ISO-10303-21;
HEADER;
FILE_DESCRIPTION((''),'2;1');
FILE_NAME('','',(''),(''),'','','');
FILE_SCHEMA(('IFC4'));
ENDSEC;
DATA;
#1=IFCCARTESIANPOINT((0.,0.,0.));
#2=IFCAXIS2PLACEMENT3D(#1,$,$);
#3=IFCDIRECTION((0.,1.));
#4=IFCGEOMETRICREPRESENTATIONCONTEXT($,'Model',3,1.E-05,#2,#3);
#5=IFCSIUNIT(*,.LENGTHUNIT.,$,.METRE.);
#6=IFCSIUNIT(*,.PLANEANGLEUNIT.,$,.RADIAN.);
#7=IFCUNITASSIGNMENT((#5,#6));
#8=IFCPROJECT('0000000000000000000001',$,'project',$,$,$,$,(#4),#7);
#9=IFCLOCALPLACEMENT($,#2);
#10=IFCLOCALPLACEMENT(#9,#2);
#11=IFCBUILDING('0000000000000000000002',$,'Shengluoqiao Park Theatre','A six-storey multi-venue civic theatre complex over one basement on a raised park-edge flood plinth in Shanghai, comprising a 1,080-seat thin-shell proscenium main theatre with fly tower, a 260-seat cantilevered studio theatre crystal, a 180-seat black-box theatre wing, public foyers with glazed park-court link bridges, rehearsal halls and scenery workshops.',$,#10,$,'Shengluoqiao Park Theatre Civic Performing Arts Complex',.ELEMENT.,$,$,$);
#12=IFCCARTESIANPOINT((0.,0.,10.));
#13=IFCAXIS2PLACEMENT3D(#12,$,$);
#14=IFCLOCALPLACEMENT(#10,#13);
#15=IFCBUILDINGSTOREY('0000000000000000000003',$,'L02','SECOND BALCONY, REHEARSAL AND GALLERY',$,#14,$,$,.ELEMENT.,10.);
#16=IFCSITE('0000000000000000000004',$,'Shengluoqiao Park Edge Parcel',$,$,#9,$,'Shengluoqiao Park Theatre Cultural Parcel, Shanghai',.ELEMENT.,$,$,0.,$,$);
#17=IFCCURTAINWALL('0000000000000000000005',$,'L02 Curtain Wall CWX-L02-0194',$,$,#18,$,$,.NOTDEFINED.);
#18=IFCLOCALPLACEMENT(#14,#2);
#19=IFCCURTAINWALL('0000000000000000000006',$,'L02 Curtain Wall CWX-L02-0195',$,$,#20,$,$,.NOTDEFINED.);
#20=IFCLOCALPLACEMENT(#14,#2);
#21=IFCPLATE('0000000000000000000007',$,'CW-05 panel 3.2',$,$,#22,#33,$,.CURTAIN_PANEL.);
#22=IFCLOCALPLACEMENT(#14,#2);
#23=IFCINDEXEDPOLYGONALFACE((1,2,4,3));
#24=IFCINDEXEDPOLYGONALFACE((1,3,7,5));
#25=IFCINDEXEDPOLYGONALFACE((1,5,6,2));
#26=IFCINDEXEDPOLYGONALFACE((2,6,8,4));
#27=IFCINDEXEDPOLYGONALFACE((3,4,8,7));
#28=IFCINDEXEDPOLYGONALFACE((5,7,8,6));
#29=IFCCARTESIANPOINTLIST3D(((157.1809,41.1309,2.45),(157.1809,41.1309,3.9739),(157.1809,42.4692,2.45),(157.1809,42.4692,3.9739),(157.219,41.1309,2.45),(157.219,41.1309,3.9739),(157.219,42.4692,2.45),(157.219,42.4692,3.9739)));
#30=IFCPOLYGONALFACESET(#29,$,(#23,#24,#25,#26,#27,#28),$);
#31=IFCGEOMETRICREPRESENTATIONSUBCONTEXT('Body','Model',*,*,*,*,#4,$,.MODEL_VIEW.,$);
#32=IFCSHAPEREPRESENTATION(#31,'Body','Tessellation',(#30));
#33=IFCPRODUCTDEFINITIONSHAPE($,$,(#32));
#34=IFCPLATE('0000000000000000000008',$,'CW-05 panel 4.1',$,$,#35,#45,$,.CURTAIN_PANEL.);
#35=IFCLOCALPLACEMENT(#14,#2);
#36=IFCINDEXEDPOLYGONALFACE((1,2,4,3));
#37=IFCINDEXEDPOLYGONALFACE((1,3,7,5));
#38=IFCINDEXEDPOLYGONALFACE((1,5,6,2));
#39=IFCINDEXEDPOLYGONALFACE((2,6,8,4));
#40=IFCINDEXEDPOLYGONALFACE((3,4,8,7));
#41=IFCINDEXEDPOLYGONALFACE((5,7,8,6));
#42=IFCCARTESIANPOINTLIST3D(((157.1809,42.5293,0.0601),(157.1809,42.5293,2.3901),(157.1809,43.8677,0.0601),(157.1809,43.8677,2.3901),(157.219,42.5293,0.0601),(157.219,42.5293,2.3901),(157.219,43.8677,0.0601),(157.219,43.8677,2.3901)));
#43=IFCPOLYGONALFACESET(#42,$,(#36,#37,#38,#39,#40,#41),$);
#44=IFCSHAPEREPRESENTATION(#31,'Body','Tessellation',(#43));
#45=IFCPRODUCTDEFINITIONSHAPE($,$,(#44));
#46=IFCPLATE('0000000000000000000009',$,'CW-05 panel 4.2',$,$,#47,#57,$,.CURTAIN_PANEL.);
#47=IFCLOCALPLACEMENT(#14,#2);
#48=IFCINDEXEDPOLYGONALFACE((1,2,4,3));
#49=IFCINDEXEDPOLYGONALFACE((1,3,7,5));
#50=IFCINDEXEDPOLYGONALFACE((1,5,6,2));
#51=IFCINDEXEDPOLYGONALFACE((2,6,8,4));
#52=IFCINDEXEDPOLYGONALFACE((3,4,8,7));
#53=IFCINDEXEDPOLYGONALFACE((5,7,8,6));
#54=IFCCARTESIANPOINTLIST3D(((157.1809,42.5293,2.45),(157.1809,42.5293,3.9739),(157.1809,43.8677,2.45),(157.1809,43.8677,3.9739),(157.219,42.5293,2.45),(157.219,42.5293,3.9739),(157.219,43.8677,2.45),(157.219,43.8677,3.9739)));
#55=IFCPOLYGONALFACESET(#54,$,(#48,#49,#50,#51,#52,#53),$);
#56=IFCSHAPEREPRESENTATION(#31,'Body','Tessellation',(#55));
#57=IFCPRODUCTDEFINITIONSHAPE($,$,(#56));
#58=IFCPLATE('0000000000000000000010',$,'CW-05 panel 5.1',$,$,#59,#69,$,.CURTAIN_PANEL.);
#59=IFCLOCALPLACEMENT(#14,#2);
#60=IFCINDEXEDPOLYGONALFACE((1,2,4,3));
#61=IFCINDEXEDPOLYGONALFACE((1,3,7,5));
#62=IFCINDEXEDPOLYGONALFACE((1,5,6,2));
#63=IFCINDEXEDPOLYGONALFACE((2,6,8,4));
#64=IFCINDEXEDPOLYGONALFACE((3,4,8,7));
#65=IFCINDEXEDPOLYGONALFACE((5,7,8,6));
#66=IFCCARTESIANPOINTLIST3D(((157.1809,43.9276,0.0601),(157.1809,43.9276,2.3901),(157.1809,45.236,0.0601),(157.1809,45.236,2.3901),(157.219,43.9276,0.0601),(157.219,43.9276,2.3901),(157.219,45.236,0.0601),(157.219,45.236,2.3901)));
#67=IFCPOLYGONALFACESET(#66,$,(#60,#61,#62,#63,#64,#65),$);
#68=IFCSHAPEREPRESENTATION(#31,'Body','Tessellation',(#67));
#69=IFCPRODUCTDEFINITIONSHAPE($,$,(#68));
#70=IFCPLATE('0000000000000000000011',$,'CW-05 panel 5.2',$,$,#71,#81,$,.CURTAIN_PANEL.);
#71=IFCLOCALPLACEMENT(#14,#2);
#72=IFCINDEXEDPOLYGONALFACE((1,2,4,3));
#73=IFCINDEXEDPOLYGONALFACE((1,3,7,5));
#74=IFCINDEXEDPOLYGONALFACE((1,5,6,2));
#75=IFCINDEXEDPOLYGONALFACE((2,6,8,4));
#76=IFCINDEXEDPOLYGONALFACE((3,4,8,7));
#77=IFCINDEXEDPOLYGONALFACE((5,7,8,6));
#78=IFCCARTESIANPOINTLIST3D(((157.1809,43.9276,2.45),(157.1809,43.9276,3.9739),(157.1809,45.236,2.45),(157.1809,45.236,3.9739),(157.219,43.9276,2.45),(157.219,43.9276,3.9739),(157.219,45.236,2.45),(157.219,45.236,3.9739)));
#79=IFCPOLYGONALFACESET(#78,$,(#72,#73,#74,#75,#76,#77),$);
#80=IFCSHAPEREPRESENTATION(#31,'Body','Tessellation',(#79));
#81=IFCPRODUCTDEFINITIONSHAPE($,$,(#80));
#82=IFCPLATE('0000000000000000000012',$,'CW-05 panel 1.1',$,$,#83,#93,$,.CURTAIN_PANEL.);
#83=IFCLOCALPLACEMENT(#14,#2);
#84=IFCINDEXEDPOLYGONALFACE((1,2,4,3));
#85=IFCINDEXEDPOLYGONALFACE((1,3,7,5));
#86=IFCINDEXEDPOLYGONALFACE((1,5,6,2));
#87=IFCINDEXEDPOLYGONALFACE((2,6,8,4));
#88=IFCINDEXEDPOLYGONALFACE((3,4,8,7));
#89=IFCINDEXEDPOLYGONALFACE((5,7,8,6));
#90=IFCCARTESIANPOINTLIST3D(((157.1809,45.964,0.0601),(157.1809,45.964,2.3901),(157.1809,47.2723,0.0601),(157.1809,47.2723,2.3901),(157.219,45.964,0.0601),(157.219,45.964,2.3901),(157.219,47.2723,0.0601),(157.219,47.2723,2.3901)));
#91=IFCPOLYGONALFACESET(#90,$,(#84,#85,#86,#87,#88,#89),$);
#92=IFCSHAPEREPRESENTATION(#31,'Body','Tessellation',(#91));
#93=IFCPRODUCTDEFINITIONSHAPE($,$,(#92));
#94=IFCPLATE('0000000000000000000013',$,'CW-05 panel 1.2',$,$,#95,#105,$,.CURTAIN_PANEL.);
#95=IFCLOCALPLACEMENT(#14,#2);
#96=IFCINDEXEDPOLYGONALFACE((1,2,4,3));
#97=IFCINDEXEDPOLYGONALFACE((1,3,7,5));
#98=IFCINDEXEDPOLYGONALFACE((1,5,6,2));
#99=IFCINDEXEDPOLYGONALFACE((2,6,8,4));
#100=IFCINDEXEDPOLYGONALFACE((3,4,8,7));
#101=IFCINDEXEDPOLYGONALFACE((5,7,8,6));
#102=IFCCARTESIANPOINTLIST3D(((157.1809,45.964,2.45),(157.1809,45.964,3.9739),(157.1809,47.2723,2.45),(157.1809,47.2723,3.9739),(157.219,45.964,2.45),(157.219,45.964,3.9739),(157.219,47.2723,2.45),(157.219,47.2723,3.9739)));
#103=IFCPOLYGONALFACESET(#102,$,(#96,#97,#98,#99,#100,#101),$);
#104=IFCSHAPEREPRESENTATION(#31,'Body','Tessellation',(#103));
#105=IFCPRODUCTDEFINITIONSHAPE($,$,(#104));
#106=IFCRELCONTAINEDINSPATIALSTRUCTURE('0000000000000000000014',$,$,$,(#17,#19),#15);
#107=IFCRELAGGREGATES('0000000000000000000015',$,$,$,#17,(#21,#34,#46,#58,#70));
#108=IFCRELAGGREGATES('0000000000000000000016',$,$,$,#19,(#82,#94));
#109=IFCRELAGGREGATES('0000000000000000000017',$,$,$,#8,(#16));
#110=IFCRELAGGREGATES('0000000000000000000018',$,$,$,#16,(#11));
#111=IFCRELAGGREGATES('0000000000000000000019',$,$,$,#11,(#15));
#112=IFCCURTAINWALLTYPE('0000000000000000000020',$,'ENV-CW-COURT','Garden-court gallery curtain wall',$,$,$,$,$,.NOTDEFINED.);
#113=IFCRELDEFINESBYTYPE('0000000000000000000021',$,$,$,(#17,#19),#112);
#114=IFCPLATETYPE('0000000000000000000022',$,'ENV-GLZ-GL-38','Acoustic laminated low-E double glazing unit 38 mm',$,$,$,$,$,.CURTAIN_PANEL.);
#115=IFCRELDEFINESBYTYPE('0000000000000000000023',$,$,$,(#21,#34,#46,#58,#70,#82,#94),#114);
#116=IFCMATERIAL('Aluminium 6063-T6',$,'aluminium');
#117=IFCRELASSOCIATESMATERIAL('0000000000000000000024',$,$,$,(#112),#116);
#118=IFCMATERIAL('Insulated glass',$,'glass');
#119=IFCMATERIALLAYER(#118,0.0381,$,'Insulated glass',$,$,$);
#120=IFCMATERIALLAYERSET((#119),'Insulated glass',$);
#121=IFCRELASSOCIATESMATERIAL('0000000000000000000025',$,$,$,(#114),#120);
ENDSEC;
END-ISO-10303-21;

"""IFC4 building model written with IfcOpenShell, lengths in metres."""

from ifc_helpers import new_model, si_unit, direction, frame, origin, origin_2d, place, context, subcontext, project, spatial, rectangle, extrude, material, layer, layer_set, type_object, element, aggregate, save


model = new_model("IFC4")

# Units and contexts
model_context = context("Model", 3, precision=1e-05, world=origin(), true_north=direction((0.0, 1.0)))
body_context = subcontext(model_context, "Body", "Model", "MODEL_VIEW")
ifc_project = project(units=[si_unit("LENGTHUNIT", "METRE"), si_unit("PLANEANGLEUNIT", "RADIAN")], contexts=[model_context])

# Site, building, storey
site_placement = place(None, origin())
site = spatial("IfcSite", under=ifc_project, at=site_placement, Name="Shengluoqiao Park Edge Parcel", LongName="Shengluoqiao Park Theatre Cultural Parcel, Shanghai", CompositionType="ELEMENT", RefElevation=0.0)
building_placement = place(site_placement, origin())
building = spatial("IfcBuilding", under=site, at=building_placement, Name="Shengluoqiao Park Theatre", Description="A six-storey multi-venue civic theatre complex over one basement on a raised park-edge flood plinth in Shanghai, comprising a 1,080-seat thin-shell proscenium main theatre with fly tower, a 260-seat cantilevered studio theatre crystal, a 180-seat black-box theatre wing, public foyers with glazed park-court link bridges, rehearsal halls and scenery workshops.", LongName="Shengluoqiao Park Theatre Civic Performing Arts Complex", CompositionType="ELEMENT")
storey_placement = place(building_placement, frame((0.0, 0.0, 10.0)))
storey = spatial("IfcBuildingStorey", under=building, at=storey_placement, Name="L02", Description="SECOND BALCONY, REHEARSAL AND GALLERY", CompositionType="ELEMENT", Elevation=10.0)

# Curtain walls
ifc_material_1 = material(Name="Aluminium 6063-T6", Category="aluminium")
curtain_wall_type = type_object("IfcCurtainWallType", Name="ENV-CW-COURT", Description="Garden-court gallery curtain wall", PredefinedType="NOTDEFINED", material=ifc_material_1)
curtain_wall_1_placement = place(storey_placement, origin())
curtain_wall_1 = element("IfcCurtainWall", 1, at=curtain_wall_1_placement, inside=storey, type_object=curtain_wall_type, Name="L02 Curtain Wall CWX-L02-0194", PredefinedType="NOTDEFINED")
curtain_wall_2_placement = place(storey_placement, origin())
curtain_wall_2 = element("IfcCurtainWall", 2, at=curtain_wall_2_placement, inside=storey, type_object=curtain_wall_type, Name="L02 Curtain Wall CWX-L02-0195", PredefinedType="NOTDEFINED")

# Plates
ifc_material_2 = material(Name="Insulated glass", Category="glass")
ifc_layer = layer(ifc_material_2, 0.0381, Name="Insulated glass")
ifc_layer_set = layer_set([ifc_layer], Name="Insulated glass")
plate_type = type_object("IfcPlateType", Name="ENV-GLZ-GL-38", Description="Acoustic laminated low-E double glazing unit 38 mm", PredefinedType="CURTAIN_PANEL", material=ifc_layer_set)
plate_1_placement = place(storey_placement, frame((157.2, 41.8, 2.45), z_axis=(0.0, 0.0, 1.0), x_axis=(0.0, 1.0, 0.0)))
plate_1 = element("IfcPlate", 3, at=plate_1_placement, type_object=plate_type, Name="CW-05 panel 3.2", PredefinedType="CURTAIN_PANEL", context=body_context, shape_type="SweptSolid", body=[
    extrude(rectangle(XDim=1.3384, YDim=0.0381, at=origin_2d()), origin(), (0.0, 0.0, 1.0), 1.5239),
])
plate_2_placement = place(storey_placement, frame((157.2, 43.1985, 0.0601), z_axis=(0.0, 0.0, 1.0), x_axis=(0.0, 1.0, 0.0)))
plate_2 = element("IfcPlate", 4, at=plate_2_placement, type_object=plate_type, Name="CW-05 panel 4.1", PredefinedType="CURTAIN_PANEL", context=body_context, shape_type="SweptSolid", body=[
    extrude(rectangle(XDim=1.3384, YDim=0.0381, at=origin_2d()), origin(), (0.0, 0.0, 1.0), 2.3301),
])
plate_3_placement = place(storey_placement, frame((157.2, 43.1985, 2.45), z_axis=(0.0, 0.0, 1.0), x_axis=(0.0, 1.0, 0.0)))
plate_3 = element("IfcPlate", 5, at=plate_3_placement, type_object=plate_type, Name="CW-05 panel 4.2", PredefinedType="CURTAIN_PANEL", context=body_context, shape_type="SweptSolid", body=[
    extrude(rectangle(XDim=1.3384, YDim=0.0381, at=origin_2d()), origin(), (0.0, 0.0, 1.0), 1.5239),
])
plate_4_placement = place(storey_placement, frame((157.2, 44.5818, 0.0601), z_axis=(0.0, 0.0, 1.0), x_axis=(0.0, 1.0, 0.0)))
plate_4 = element("IfcPlate", 6, at=plate_4_placement, type_object=plate_type, Name="CW-05 panel 5.1", PredefinedType="CURTAIN_PANEL", context=body_context, shape_type="SweptSolid", body=[
    extrude(rectangle(XDim=1.3083, YDim=0.0381, at=origin_2d()), origin(), (0.0, 0.0, 1.0), 2.3301),
])
plate_5_placement = place(storey_placement, frame((157.2, 44.5818, 2.45), z_axis=(0.0, 0.0, 1.0), x_axis=(0.0, 1.0, 0.0)))
plate_5 = element("IfcPlate", 7, at=plate_5_placement, type_object=plate_type, Name="CW-05 panel 5.2", PredefinedType="CURTAIN_PANEL", context=body_context, shape_type="SweptSolid", body=[
    extrude(rectangle(XDim=1.3083, YDim=0.0381, at=origin_2d()), origin(), (0.0, 0.0, 1.0), 1.5239),
])
aggregate(curtain_wall_1, [plate_1, plate_2, plate_3, plate_4, plate_5])
plate_6_placement = place(storey_placement, frame((157.2, 46.6182, 0.0601), z_axis=(0.0, 0.0, 1.0), x_axis=(0.0, 1.0, 0.0)))
plate_6 = element("IfcPlate", 8, at=plate_6_placement, type_object=plate_type, Name="CW-05 panel 1.1", PredefinedType="CURTAIN_PANEL", context=body_context, shape_type="SweptSolid", body=[
    extrude(rectangle(XDim=1.3083, YDim=0.0381, at=origin_2d()), origin(), (0.0, 0.0, 1.0), 2.3301),
])
plate_7_placement = place(storey_placement, frame((157.2, 46.6182, 2.45), z_axis=(0.0, 0.0, 1.0), x_axis=(0.0, 1.0, 0.0)))
plate_7 = element("IfcPlate", 9, at=plate_7_placement, type_object=plate_type, Name="CW-05 panel 1.2", PredefinedType="CURTAIN_PANEL", context=body_context, shape_type="SweptSolid", body=[
    extrude(rectangle(XDim=1.3083, YDim=0.0381, at=origin_2d()), origin(), (0.0, 0.0, 1.0), 1.5239),
])
aggregate(curtain_wall_2, [plate_6, plate_7])

save(model, "model.ifc")
